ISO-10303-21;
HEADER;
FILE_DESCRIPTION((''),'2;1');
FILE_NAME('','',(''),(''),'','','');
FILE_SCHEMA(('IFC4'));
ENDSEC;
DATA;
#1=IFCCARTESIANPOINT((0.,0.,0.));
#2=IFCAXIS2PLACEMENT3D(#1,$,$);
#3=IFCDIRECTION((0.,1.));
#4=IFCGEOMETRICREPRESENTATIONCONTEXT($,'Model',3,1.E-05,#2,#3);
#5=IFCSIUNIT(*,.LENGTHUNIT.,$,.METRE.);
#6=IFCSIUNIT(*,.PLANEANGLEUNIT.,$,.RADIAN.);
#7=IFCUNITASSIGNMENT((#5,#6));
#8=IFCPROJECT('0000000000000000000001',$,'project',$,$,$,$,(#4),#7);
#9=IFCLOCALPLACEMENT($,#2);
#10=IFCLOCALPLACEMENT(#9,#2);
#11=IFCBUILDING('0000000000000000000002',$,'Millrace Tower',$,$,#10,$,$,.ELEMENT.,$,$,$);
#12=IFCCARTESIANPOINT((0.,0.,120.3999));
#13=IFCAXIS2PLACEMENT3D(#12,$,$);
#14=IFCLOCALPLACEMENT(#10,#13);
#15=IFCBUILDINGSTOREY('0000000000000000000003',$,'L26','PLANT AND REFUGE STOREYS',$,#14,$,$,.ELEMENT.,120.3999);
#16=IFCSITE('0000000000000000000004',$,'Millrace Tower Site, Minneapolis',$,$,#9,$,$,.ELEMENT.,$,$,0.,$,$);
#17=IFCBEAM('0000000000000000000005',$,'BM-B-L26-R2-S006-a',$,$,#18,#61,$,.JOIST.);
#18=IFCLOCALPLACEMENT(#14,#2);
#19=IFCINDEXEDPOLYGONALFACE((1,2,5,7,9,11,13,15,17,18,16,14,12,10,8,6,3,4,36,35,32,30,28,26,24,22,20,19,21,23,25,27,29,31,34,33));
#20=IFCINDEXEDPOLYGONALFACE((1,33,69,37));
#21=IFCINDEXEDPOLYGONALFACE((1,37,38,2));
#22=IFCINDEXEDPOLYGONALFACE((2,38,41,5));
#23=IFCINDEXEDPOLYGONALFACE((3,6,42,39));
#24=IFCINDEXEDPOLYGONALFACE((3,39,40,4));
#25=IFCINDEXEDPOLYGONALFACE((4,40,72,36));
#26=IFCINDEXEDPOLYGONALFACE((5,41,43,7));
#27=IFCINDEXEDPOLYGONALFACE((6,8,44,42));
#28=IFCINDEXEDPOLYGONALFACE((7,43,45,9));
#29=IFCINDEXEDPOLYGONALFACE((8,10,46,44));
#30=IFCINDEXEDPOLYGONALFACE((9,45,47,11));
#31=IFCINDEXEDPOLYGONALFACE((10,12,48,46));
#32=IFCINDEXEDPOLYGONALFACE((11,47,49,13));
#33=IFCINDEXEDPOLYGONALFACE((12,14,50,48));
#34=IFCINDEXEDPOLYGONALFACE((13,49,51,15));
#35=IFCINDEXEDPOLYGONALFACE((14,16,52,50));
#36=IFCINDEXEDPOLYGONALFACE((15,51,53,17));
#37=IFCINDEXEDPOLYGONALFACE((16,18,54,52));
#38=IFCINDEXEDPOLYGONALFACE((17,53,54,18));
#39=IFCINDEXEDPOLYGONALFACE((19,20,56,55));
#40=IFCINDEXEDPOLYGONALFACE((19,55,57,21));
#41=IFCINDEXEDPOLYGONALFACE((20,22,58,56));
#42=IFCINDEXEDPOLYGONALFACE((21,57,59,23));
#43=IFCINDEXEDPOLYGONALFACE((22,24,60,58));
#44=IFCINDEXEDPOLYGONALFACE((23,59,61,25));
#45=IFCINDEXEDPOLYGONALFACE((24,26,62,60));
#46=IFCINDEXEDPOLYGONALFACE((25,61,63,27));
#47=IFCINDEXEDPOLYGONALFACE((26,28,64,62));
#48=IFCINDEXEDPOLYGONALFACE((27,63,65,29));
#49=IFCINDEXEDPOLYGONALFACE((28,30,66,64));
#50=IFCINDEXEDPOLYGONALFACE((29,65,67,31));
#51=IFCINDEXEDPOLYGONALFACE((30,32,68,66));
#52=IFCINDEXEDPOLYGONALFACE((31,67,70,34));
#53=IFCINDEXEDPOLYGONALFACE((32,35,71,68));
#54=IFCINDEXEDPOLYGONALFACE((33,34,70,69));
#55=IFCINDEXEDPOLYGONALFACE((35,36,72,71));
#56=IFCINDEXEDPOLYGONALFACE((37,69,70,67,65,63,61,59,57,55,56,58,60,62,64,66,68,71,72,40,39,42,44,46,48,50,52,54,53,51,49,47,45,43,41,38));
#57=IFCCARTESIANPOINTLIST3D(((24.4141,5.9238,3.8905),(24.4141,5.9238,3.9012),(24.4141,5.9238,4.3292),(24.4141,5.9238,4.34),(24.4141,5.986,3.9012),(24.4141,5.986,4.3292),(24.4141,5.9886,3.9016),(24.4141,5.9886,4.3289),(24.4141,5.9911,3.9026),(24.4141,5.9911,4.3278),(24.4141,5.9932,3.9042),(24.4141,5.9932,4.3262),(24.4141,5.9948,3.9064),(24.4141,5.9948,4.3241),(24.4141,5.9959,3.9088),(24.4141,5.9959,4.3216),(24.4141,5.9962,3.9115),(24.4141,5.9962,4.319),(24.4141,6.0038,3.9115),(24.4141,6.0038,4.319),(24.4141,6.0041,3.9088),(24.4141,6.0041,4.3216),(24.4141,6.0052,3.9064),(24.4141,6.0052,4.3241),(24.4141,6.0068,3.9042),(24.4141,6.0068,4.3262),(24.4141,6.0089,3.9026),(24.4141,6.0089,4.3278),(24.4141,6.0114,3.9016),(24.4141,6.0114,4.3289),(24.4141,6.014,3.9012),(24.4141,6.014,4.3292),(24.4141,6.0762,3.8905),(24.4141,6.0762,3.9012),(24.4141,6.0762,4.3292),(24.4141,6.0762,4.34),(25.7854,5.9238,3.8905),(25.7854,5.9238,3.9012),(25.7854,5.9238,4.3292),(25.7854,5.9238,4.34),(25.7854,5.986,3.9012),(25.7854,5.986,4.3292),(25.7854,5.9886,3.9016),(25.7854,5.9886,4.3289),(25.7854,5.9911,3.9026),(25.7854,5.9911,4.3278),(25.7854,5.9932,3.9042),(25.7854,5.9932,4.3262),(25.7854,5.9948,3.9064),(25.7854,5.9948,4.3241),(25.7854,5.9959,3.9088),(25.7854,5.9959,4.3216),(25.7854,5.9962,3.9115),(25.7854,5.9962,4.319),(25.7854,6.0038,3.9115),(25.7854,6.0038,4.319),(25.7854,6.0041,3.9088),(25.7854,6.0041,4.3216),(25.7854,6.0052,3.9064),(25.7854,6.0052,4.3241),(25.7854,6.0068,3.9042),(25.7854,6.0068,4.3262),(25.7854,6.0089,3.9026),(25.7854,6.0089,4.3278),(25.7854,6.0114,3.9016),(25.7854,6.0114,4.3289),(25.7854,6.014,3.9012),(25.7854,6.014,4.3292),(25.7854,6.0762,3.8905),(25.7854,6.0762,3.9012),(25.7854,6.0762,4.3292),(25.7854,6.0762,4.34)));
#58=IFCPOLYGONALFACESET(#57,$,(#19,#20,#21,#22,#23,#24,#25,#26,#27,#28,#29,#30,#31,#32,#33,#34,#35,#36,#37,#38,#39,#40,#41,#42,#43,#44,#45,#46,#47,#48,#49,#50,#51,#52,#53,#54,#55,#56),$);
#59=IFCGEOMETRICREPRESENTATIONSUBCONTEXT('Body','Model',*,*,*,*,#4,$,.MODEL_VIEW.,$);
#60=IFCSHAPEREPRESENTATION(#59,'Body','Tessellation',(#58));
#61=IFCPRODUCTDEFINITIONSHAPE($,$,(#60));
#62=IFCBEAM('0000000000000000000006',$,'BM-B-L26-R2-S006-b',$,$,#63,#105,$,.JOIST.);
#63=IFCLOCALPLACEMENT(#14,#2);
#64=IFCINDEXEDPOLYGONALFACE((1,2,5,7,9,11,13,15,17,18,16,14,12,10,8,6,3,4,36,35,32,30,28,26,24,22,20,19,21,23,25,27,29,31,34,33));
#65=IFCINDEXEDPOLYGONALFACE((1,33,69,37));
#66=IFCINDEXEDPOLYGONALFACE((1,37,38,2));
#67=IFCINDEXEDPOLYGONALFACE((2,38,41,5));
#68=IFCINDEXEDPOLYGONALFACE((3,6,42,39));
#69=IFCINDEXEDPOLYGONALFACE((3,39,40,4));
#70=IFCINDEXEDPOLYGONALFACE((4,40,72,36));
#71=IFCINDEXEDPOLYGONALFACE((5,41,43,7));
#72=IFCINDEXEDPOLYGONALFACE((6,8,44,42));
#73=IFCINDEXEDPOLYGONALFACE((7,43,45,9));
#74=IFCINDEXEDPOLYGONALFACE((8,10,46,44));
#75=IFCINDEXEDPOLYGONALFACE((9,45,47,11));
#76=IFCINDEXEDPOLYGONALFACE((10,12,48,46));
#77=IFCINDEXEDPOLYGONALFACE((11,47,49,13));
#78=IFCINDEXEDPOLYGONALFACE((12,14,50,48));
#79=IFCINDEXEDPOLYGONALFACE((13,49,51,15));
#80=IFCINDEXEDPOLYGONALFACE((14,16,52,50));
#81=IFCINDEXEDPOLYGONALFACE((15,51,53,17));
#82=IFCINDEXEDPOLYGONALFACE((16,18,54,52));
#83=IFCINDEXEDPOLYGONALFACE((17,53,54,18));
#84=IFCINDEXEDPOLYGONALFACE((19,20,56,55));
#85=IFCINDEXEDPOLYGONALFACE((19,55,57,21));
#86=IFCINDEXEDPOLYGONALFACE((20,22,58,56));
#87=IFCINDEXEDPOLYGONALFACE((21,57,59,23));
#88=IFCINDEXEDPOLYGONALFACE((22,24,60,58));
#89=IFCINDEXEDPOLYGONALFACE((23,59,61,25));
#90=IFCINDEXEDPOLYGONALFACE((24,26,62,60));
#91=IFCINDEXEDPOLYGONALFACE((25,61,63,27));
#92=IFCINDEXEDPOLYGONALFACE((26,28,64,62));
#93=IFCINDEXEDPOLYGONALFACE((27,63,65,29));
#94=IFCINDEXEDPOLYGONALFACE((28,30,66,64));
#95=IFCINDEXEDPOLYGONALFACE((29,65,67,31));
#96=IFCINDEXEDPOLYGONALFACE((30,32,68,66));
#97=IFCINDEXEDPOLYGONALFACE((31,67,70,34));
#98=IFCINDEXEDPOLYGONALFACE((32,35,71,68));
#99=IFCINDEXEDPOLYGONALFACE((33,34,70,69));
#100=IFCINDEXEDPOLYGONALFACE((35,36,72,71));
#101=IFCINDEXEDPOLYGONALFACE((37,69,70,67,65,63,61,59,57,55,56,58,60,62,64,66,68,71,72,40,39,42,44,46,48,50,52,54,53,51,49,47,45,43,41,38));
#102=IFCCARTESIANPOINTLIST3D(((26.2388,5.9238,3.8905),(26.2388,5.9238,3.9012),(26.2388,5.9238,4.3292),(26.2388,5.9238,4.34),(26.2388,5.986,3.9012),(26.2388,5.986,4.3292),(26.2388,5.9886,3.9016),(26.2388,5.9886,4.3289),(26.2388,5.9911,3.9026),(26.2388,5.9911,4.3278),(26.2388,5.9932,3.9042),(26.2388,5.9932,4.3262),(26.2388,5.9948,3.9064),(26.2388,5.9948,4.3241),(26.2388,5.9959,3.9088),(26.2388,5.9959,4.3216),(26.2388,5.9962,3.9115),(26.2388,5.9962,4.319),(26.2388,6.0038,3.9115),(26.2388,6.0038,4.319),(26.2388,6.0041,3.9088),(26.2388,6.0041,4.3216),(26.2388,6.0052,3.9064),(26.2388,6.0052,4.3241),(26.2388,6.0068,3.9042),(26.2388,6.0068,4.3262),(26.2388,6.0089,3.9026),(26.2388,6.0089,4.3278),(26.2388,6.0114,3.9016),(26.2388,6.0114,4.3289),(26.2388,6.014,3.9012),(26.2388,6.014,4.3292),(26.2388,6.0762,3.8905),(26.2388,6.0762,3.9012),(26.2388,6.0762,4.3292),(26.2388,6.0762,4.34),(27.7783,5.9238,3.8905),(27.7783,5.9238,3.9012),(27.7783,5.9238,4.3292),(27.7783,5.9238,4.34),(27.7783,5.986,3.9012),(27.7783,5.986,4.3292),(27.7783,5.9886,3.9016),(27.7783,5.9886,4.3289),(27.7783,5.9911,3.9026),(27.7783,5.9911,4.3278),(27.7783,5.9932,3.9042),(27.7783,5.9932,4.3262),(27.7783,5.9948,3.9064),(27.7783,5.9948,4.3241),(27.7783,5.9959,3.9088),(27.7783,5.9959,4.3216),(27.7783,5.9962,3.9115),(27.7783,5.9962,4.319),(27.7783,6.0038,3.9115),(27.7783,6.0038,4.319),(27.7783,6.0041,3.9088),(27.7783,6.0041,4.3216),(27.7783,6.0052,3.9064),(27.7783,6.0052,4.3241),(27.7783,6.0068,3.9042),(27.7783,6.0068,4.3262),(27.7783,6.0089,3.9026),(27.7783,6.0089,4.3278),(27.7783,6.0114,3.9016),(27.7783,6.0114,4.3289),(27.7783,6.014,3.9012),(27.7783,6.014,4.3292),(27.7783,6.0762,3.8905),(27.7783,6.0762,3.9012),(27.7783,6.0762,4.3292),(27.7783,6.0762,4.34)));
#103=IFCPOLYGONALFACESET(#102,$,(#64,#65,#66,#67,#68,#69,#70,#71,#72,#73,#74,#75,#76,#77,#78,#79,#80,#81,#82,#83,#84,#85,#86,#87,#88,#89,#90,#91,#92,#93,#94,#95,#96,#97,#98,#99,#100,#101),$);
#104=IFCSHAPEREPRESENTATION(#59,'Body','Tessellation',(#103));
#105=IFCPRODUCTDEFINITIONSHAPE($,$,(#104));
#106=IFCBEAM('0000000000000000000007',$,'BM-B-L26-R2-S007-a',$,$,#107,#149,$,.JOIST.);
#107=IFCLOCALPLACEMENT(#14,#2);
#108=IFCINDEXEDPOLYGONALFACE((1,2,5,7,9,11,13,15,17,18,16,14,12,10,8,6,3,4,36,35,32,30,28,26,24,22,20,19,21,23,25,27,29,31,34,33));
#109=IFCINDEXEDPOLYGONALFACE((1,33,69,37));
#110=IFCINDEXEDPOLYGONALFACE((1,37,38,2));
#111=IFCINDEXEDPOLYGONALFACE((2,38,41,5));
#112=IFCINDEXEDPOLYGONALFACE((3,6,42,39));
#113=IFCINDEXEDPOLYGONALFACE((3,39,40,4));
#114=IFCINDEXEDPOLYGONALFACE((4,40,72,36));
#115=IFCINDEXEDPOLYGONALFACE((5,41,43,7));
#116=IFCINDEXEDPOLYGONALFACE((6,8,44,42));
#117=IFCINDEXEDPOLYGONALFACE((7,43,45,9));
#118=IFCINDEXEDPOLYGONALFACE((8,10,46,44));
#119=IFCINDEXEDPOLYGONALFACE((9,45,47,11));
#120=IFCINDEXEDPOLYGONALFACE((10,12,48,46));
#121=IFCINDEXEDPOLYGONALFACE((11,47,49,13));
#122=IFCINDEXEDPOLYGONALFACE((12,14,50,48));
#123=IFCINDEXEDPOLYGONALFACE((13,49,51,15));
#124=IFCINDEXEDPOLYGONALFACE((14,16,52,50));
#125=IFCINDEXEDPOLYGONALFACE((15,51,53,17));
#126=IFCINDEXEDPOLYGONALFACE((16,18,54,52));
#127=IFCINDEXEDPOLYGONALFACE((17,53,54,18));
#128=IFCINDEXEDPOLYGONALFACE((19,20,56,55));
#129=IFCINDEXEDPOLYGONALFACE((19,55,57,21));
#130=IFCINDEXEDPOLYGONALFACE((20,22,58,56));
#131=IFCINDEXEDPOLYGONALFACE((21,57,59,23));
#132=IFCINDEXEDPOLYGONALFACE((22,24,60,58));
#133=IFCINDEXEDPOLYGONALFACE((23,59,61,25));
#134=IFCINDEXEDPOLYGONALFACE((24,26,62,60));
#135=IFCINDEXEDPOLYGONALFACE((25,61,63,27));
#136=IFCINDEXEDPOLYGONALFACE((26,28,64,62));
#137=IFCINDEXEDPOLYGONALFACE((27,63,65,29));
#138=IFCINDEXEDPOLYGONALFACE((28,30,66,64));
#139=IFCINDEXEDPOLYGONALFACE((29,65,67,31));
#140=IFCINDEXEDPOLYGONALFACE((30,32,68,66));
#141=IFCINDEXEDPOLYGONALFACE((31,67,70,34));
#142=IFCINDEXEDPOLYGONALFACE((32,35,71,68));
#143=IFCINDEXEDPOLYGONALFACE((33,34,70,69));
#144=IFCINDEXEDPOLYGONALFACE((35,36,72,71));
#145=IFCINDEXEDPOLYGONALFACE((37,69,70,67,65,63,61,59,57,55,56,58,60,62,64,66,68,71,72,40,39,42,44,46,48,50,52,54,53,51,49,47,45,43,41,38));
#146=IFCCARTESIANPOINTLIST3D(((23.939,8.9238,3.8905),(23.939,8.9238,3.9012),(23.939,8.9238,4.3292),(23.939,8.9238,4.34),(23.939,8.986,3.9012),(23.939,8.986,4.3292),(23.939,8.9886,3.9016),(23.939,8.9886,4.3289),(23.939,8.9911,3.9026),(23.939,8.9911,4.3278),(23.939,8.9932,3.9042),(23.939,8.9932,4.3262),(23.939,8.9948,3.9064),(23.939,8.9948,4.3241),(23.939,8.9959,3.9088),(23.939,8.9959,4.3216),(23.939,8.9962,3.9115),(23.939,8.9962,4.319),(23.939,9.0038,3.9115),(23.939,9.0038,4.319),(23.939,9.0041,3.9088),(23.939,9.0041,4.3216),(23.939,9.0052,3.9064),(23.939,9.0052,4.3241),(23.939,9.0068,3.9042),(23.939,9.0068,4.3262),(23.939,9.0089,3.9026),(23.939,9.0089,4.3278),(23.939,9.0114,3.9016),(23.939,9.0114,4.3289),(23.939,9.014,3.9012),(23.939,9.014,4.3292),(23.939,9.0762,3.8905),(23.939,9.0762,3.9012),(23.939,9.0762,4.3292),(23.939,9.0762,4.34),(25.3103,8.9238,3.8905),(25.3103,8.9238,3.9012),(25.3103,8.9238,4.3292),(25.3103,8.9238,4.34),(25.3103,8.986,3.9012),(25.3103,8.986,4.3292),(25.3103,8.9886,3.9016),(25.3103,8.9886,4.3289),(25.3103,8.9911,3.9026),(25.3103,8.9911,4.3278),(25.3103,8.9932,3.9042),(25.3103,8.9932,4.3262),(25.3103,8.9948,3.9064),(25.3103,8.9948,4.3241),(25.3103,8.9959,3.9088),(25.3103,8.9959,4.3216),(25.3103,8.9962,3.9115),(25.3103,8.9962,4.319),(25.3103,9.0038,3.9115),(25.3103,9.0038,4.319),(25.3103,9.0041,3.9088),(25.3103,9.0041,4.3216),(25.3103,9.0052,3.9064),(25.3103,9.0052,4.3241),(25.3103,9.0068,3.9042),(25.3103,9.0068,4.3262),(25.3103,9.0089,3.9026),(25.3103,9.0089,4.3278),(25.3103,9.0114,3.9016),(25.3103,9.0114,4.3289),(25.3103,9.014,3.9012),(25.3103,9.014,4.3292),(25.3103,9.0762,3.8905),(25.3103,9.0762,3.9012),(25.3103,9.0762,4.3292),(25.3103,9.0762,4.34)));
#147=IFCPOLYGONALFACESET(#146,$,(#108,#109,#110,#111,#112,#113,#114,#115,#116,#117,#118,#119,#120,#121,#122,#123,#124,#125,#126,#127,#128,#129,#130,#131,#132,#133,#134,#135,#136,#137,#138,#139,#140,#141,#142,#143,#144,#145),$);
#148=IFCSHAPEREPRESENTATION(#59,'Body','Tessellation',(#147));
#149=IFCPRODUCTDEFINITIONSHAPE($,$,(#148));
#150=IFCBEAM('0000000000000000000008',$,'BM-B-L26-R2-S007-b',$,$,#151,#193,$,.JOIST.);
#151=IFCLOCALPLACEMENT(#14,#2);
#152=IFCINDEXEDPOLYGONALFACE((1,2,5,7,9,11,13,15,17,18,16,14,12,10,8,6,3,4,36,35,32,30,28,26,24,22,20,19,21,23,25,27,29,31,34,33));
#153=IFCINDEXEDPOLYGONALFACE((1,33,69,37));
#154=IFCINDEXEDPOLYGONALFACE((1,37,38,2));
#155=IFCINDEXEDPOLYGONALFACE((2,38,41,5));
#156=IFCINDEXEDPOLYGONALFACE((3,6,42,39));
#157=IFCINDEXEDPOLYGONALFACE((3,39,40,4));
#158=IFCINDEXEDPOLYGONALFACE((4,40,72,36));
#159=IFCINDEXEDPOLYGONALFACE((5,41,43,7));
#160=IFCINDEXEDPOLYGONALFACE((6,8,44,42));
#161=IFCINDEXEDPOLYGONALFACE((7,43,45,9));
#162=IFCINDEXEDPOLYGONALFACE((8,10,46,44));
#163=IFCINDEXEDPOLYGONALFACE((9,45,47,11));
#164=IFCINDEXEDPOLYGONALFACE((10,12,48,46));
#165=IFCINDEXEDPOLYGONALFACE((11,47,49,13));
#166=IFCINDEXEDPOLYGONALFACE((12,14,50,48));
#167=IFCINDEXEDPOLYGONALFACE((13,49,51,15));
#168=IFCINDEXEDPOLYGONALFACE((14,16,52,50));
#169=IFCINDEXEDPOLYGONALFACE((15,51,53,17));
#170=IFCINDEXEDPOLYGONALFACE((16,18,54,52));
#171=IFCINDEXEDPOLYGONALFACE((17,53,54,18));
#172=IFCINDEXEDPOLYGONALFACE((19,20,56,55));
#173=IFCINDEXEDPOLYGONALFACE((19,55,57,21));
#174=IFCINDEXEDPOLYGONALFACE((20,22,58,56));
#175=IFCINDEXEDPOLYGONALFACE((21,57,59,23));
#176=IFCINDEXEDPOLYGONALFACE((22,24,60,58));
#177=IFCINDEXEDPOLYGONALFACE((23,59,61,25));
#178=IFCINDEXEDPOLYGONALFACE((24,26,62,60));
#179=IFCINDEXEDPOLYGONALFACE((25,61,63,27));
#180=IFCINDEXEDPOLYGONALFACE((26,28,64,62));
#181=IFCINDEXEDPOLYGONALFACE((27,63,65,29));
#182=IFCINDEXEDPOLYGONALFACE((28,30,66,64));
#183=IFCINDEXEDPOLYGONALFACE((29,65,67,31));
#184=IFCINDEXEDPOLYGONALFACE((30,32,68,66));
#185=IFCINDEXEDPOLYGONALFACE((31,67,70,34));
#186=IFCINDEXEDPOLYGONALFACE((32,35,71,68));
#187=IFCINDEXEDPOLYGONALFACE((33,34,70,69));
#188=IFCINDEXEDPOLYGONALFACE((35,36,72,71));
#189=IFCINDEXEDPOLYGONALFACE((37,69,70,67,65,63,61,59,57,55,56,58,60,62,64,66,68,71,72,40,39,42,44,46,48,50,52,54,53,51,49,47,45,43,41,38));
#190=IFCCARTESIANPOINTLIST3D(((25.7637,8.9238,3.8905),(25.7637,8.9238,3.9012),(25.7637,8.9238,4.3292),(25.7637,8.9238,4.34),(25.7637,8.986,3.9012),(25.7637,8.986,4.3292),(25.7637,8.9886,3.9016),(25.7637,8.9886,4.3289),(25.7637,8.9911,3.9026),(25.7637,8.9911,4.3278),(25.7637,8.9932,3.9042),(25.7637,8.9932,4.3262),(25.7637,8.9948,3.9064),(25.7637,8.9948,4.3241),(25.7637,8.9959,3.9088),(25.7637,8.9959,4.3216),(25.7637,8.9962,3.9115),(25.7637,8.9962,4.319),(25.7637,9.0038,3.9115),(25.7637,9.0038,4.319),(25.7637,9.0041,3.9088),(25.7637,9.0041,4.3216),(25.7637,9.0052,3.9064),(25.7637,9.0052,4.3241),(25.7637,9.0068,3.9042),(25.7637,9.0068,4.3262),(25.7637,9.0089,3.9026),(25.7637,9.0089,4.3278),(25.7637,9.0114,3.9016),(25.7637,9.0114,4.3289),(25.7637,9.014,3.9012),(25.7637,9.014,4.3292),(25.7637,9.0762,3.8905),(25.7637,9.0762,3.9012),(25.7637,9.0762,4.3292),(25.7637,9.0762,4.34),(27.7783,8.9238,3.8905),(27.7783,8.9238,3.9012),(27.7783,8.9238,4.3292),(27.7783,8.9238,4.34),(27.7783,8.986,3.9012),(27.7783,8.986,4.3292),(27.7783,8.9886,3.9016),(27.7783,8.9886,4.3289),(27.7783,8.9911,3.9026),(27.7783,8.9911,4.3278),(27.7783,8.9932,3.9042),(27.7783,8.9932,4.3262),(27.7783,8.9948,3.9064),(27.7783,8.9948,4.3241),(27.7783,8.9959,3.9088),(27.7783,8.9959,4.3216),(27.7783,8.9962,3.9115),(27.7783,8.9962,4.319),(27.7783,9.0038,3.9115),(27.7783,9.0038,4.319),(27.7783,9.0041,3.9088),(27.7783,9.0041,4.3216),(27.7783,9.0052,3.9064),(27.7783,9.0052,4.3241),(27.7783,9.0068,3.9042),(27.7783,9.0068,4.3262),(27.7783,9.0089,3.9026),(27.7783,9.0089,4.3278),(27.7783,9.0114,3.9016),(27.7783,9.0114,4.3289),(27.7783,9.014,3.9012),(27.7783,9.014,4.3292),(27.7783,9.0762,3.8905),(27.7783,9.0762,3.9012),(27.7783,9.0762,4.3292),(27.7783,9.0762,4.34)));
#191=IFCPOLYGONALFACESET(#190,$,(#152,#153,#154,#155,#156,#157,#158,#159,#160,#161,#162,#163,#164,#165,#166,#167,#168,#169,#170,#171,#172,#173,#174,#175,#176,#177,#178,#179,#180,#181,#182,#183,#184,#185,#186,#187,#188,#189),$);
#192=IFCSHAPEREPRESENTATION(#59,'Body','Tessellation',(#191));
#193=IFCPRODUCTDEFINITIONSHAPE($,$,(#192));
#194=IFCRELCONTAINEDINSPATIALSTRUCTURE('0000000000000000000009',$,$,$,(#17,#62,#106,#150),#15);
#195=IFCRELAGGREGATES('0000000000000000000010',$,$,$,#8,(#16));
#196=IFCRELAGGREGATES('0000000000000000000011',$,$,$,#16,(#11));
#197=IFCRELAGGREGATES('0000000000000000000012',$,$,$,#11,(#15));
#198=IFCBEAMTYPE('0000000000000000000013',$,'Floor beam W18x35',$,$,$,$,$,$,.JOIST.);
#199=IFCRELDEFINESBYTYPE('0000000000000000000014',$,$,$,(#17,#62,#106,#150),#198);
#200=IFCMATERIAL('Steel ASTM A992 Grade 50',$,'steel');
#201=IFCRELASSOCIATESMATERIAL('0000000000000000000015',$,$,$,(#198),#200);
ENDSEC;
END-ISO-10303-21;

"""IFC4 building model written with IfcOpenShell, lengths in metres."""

from ifc_helpers import new_model, si_unit, direction, frame, origin, origin_2d, place, context, subcontext, project, spatial, i_section, extrude, material, material_profile, profile_set, type_object, element, save


model = new_model("IFC4")

# Units and contexts
model_context = context("Model", 3, precision=1e-05, world=origin(), true_north=direction((0.0, 1.0)))
body_context = subcontext(model_context, "Body", "Model", "MODEL_VIEW")
ifc_project = project(units=[si_unit("LENGTHUNIT", "METRE"), si_unit("PLANEANGLEUNIT", "RADIAN")], contexts=[model_context])

# Site, building, storey
site_placement = place(None, origin())
site = spatial("IfcSite", under=ifc_project, at=site_placement, Name="Millrace Tower Site, Minneapolis", CompositionType="ELEMENT", RefElevation=0.0)
building_placement = place(site_placement, origin())
building = spatial("IfcBuilding", under=site, at=building_placement, Name="Millrace Tower", CompositionType="ELEMENT")
storey_placement = place(building_placement, frame((0.0, 0.0, 120.3999)))
storey = spatial("IfcBuildingStorey", under=building, at=storey_placement, Name="L26", Description="PLANT AND REFUGE STOREYS", CompositionType="ELEMENT", Elevation=120.3999)

# Beams
ifc_material_1 = material(Name="Steel ASTM A992 Grade 50", Category="steel")
ifc_material_profile_1 = material_profile(ifc_material_1, i_section(OverallWidth=0.1523, OverallDepth=0.4495, WebThickness=0.0076, FlangeThickness=0.0107, FilletRadius=0.0103, at=origin_2d()))
ifc_profile_set_1 = profile_set([ifc_material_profile_1], Name="Steel ASTM A992 Grade 50")
beam_type_1 = type_object("IfcBeamType", Name="Floor beam W18x35", PredefinedType="JOIST", material=ifc_profile_set_1)
beam_1_placement = place(storey_placement, frame((24.4141, 6.0, 4.1152), z_axis=(1.0, 0.0, 0.0), x_axis=(0.0, 1.0, 0.0)))
element("IfcBeam", 1, at=beam_1_placement, inside=storey, type_object=beam_type_1, Name="BM-B-L26-R2-S006-a", PredefinedType="JOIST", context=body_context, shape_type="SweptSolid", body=[
    extrude(i_section(OverallWidth=0.1523, OverallDepth=0.4495, WebThickness=0.0076, FlangeThickness=0.0107, FilletRadius=0.0103, at=origin_2d()), origin(), (0.0, 0.0, 1.0), 1.3713),
])
beam_2_placement = place(storey_placement, frame((26.2388, 6.0, 4.1152), z_axis=(1.0, 0.0, 0.0), x_axis=(0.0, 1.0, 0.0)))
element("IfcBeam", 2, at=beam_2_placement, inside=storey, type_object=beam_type_1, Name="BM-B-L26-R2-S006-b", PredefinedType="JOIST", context=body_context, shape_type="SweptSolid", body=[
    extrude(i_section(OverallWidth=0.1523, OverallDepth=0.4495, WebThickness=0.0076, FlangeThickness=0.0107, FilletRadius=0.0103, at=origin_2d()), origin(), (0.0, 0.0, 1.0), 1.5396),
])
beam_3_placement = place(storey_placement, frame((23.939, 9.0, 4.1152), z_axis=(1.0, 0.0, 0.0), x_axis=(0.0, 1.0, 0.0)))
element("IfcBeam", 3, at=beam_3_placement, inside=storey, type_object=beam_type_1, Name="BM-B-L26-R2-S007-a", PredefinedType="JOIST", context=body_context, shape_type="SweptSolid", body=[
    extrude(i_section(OverallWidth=0.1523, OverallDepth=0.4495, WebThickness=0.0076, FlangeThickness=0.0107, FilletRadius=0.0103, at=origin_2d()), origin(), (0.0, 0.0, 1.0), 1.3713),
])
beam_4_placement = place(storey_placement, frame((25.7637, 9.0, 4.1152), z_axis=(1.0, 0.0, 0.0), x_axis=(0.0, 1.0, 0.0)))
element("IfcBeam", 4, at=beam_4_placement, inside=storey, type_object=beam_type_1, Name="BM-B-L26-R2-S007-b", PredefinedType="JOIST", context=body_context, shape_type="SweptSolid", body=[
    extrude(i_section(OverallWidth=0.1523, OverallDepth=0.4495, WebThickness=0.0076, FlangeThickness=0.0107, FilletRadius=0.0103, at=origin_2d()), origin(), (0.0, 0.0, 1.0), 2.0146),
])

save(model, "model.ifc")
